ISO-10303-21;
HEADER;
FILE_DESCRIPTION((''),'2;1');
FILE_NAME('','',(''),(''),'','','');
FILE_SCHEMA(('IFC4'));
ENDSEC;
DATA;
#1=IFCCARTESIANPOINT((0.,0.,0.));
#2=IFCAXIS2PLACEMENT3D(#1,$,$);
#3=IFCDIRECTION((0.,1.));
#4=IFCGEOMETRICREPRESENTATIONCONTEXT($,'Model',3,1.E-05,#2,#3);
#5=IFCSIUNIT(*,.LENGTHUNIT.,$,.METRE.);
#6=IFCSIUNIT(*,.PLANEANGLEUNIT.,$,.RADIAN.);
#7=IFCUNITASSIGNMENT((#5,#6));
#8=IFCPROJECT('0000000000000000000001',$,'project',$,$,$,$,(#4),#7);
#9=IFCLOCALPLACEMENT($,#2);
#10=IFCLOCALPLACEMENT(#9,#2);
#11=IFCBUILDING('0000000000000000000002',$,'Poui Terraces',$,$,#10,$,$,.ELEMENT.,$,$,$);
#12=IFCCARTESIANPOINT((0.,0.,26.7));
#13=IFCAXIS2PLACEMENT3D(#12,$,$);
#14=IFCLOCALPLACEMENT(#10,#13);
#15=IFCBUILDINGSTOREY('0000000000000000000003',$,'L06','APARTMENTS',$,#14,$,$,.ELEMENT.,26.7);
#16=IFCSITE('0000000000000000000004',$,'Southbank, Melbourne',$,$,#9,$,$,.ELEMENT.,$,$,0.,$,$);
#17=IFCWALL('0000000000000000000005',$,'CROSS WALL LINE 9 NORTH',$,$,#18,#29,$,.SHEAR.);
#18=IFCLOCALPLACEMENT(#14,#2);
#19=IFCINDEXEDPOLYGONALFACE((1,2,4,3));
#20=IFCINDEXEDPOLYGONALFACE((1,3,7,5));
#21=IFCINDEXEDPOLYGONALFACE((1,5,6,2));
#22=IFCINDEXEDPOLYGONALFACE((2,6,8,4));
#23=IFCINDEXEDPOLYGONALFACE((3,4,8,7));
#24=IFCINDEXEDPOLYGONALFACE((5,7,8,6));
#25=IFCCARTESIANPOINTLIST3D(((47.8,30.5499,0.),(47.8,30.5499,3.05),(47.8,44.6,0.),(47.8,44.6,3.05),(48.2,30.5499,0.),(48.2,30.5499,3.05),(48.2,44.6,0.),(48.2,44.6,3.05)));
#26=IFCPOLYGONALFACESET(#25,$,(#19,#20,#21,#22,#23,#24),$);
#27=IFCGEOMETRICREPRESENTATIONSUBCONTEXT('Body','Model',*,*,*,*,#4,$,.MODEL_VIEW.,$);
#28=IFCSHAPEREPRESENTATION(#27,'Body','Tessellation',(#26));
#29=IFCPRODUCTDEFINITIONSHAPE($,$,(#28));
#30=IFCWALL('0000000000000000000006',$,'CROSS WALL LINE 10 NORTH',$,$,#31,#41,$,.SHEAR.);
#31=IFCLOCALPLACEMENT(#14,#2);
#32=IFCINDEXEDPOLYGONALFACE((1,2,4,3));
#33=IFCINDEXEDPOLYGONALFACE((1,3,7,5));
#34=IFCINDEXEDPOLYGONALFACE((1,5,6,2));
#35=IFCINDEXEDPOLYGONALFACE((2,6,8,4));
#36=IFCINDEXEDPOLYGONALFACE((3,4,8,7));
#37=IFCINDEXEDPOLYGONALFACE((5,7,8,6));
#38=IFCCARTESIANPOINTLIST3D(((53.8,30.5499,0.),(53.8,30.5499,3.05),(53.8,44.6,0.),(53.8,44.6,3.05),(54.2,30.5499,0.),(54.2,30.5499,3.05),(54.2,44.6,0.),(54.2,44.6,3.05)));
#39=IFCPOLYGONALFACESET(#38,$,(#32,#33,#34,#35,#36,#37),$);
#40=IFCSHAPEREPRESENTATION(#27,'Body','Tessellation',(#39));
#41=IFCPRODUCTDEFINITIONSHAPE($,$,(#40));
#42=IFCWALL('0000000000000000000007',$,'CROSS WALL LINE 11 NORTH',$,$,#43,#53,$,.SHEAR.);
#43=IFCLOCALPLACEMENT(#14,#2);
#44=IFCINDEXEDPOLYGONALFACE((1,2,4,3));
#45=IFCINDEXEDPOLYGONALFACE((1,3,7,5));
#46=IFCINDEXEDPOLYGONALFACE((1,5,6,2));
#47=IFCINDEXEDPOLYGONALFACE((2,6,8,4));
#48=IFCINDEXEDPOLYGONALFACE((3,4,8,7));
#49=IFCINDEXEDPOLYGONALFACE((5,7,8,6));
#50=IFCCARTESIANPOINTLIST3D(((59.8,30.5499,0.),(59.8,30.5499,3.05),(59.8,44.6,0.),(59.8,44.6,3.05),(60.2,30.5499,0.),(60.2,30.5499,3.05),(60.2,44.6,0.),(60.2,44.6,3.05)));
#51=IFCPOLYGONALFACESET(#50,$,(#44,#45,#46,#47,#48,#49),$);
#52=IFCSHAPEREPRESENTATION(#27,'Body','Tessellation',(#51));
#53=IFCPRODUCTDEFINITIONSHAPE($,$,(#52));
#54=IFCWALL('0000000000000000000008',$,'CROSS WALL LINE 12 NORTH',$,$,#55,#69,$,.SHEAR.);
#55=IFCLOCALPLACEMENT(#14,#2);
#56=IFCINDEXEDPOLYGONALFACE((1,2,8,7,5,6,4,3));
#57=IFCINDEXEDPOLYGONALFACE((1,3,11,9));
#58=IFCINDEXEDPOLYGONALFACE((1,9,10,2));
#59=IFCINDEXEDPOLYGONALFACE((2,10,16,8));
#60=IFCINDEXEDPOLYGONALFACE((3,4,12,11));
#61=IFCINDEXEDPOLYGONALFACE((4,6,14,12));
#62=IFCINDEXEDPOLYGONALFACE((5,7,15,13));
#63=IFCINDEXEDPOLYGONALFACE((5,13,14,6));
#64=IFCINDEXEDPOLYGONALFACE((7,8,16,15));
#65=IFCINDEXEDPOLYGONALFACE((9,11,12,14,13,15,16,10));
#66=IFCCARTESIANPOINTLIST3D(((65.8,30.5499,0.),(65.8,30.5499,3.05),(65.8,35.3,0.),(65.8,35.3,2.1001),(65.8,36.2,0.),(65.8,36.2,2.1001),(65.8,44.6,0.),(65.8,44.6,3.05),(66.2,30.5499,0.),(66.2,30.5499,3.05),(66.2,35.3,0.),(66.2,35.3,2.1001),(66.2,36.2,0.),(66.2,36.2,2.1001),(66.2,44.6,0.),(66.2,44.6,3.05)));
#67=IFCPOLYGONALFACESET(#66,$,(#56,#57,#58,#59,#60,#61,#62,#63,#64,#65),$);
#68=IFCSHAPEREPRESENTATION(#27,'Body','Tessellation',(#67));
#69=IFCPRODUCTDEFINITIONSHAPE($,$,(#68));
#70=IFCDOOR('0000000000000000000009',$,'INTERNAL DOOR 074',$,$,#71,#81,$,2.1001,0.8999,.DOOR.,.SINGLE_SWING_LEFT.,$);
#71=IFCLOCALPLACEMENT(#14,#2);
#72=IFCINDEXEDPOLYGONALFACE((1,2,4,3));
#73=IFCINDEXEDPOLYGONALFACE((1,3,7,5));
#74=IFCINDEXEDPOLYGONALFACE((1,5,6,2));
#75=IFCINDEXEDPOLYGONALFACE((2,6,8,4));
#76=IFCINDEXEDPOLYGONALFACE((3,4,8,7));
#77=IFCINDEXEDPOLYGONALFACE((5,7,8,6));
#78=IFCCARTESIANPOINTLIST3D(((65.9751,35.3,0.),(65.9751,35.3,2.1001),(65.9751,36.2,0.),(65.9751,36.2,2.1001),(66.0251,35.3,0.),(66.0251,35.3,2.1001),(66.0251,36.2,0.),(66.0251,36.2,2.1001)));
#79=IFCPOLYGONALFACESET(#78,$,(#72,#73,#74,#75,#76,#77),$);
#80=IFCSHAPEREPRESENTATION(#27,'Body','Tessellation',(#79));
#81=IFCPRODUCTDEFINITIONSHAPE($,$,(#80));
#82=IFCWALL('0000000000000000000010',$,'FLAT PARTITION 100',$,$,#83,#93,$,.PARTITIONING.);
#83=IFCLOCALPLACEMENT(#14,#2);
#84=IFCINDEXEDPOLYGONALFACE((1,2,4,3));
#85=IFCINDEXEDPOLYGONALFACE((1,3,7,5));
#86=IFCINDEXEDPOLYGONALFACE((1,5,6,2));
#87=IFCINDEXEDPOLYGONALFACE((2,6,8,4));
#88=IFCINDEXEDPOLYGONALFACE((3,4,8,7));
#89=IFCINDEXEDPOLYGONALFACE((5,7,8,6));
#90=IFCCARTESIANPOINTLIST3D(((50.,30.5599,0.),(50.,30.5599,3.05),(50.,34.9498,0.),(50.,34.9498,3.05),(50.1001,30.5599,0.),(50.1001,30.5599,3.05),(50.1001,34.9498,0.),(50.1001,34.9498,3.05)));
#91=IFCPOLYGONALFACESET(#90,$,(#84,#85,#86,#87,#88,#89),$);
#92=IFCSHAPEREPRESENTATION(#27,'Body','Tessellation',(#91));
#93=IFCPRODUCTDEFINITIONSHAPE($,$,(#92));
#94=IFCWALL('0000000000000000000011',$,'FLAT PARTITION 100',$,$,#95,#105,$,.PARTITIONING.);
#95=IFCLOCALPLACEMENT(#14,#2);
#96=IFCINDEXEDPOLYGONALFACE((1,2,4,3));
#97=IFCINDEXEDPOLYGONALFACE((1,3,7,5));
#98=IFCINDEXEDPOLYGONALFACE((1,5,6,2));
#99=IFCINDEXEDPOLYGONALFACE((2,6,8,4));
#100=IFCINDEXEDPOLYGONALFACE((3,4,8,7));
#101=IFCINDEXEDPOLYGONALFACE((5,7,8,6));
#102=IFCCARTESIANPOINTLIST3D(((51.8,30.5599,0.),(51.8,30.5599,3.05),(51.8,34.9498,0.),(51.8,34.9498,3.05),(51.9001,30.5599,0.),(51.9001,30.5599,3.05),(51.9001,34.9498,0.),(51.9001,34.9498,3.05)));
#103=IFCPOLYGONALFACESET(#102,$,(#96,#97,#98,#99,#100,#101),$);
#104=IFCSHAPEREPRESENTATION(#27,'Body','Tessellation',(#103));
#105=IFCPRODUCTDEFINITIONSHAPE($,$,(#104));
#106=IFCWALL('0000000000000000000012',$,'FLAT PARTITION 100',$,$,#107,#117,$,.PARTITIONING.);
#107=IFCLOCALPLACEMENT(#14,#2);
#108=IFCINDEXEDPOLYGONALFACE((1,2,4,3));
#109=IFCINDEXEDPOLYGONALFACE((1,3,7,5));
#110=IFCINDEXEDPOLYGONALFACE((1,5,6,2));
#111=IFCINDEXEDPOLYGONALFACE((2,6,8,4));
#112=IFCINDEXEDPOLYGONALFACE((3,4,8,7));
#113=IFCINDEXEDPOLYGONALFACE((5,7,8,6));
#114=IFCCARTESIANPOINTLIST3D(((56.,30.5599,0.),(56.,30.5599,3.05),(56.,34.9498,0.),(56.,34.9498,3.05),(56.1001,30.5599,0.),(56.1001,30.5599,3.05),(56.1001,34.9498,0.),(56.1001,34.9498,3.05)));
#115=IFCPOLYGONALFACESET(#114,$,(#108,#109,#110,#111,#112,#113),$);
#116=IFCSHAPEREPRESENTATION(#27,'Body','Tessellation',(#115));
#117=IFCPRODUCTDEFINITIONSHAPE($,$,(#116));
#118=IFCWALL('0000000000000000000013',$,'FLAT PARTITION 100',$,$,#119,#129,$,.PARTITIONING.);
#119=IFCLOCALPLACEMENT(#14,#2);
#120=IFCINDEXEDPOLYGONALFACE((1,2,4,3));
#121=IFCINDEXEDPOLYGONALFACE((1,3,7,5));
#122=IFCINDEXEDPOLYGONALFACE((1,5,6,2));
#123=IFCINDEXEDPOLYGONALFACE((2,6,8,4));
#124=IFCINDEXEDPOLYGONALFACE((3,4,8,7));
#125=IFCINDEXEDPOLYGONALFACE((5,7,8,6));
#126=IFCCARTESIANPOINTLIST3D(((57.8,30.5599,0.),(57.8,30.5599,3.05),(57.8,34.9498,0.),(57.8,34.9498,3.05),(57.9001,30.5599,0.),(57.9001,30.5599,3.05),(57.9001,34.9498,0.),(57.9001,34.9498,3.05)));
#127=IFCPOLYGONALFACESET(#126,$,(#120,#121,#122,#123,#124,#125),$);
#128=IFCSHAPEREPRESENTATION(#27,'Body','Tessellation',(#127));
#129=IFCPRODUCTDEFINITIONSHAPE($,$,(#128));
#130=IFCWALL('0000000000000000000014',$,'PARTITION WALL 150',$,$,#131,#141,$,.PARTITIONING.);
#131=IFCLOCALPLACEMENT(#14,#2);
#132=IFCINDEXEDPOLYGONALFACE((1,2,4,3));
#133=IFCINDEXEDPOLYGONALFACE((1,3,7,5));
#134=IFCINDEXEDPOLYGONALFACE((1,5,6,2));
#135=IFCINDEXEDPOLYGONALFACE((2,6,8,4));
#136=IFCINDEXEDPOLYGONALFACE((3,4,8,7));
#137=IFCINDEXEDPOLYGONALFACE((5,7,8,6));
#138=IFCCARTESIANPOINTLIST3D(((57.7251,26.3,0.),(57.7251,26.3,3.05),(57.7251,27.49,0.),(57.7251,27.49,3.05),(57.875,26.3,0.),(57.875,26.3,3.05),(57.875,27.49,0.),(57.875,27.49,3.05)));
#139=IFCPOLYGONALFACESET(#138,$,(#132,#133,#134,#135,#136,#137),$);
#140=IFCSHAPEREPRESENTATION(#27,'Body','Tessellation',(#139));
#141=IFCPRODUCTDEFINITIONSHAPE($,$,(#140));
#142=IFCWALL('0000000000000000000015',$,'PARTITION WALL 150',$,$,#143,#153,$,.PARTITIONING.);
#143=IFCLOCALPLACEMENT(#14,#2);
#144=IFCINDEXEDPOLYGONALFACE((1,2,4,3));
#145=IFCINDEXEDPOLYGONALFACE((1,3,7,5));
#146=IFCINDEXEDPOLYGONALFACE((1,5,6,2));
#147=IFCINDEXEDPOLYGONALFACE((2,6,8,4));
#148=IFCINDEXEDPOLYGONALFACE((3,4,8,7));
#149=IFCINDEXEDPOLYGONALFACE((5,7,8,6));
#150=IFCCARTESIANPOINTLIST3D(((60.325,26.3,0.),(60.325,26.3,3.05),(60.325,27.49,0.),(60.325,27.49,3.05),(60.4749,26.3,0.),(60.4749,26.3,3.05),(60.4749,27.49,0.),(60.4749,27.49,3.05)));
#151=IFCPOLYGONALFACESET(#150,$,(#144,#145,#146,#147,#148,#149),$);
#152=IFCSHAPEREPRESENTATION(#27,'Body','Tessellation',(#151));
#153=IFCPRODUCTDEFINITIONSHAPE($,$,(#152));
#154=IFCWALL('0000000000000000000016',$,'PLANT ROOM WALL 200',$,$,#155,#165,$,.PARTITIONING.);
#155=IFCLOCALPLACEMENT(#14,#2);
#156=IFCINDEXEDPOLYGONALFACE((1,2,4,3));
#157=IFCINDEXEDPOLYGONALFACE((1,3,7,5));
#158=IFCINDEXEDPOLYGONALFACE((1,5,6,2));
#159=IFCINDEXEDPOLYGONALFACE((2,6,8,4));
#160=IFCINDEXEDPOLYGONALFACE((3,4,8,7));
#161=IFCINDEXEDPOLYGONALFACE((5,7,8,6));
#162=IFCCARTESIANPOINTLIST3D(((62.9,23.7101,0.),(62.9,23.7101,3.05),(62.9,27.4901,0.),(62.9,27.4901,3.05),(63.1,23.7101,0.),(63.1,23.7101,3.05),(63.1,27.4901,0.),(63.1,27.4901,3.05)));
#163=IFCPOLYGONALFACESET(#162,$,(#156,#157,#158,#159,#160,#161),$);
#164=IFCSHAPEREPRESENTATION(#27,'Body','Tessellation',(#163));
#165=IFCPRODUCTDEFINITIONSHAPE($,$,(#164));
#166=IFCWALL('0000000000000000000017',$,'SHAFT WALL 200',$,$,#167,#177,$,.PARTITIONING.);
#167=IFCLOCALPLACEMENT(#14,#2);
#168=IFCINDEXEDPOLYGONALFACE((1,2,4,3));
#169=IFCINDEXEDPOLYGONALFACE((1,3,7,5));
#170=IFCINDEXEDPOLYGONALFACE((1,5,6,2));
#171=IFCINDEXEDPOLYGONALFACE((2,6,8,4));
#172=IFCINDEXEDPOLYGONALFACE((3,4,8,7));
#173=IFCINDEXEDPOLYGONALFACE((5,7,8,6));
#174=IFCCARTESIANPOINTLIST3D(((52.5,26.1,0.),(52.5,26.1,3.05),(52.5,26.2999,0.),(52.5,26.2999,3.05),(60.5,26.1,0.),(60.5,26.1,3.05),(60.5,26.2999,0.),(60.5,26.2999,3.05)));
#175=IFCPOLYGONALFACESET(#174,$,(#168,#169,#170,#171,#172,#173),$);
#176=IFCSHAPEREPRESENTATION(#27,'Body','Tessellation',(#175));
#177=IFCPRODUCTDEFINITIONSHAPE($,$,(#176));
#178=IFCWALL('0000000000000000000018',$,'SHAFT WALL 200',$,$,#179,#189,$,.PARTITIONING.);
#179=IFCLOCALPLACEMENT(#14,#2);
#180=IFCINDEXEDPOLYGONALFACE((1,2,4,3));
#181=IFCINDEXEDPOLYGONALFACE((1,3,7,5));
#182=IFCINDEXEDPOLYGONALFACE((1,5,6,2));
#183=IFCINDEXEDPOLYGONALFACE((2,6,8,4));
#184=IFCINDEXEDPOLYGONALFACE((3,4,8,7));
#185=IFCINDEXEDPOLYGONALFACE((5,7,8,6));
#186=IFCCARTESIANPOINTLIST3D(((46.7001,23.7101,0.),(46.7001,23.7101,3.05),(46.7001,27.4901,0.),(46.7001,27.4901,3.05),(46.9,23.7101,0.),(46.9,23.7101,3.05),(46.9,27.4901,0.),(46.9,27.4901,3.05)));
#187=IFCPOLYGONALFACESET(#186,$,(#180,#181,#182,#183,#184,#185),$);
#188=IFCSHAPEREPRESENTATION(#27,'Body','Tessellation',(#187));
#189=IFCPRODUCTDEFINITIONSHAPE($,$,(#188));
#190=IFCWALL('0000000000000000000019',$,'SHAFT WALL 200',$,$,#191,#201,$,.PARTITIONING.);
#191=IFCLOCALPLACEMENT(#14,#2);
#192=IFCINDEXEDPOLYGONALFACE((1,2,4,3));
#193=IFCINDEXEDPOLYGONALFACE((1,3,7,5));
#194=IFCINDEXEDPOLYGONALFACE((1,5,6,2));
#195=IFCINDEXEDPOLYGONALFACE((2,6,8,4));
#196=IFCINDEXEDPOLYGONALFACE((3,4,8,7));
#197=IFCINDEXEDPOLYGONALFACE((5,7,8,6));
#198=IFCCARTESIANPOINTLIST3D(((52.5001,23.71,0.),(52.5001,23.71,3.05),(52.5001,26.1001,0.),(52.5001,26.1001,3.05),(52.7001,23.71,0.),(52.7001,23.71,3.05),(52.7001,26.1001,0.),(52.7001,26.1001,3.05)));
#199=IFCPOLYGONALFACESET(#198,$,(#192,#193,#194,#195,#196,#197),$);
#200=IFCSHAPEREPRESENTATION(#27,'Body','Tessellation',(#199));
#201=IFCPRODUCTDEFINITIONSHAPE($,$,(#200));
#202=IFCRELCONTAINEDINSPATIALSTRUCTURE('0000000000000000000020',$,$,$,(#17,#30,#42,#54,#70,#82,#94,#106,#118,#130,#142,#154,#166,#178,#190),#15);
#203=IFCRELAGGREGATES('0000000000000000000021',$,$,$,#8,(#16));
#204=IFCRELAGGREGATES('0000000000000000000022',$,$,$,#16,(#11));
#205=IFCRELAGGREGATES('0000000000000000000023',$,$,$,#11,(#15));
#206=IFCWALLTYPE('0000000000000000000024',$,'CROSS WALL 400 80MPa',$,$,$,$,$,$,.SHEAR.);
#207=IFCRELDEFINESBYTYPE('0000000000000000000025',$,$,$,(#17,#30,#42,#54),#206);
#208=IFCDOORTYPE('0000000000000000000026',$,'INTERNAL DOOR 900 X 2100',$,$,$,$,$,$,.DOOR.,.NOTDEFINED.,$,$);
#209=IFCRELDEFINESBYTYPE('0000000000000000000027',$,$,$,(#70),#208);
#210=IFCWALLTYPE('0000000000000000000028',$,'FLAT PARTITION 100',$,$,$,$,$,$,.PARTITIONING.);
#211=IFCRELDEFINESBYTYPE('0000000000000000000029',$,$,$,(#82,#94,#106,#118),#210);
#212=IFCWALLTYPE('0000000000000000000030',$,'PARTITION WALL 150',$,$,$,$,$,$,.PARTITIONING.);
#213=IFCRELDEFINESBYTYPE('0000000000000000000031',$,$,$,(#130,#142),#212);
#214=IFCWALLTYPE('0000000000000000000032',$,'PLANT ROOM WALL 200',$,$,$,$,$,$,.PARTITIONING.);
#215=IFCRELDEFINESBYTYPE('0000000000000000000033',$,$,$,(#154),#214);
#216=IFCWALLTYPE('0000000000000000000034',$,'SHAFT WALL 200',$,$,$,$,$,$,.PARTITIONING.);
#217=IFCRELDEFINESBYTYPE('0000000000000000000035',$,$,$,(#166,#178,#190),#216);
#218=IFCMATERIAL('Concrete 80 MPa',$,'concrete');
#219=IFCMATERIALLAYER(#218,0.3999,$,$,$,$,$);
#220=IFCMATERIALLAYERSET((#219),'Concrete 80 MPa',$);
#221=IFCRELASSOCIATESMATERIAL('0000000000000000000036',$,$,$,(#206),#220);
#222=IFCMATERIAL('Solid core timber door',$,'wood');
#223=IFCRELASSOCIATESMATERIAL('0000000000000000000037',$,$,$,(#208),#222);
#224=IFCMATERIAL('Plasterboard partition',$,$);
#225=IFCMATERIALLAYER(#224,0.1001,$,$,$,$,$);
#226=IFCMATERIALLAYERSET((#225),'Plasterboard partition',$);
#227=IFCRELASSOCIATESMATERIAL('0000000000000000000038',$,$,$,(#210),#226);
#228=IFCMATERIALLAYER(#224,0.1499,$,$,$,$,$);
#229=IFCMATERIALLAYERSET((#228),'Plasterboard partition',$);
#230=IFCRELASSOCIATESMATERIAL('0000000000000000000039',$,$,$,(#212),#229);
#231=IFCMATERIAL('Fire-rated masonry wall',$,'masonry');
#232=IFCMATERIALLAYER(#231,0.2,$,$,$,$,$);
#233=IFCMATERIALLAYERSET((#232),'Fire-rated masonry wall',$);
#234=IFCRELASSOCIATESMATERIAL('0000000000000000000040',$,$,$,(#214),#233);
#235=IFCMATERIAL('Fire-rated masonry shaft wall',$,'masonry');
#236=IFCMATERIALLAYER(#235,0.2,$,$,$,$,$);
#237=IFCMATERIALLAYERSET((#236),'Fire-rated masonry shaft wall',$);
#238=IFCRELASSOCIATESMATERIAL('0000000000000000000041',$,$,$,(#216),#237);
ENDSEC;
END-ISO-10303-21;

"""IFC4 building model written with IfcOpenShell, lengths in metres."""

from ifc_helpers import new_model, si_unit, direction, frame, frame_2d, origin, place, context, subcontext, project, spatial, rectangle, extrude, material, layer, layer_set, type_object, element, fill, save


model = new_model("IFC4")

# Units and contexts
model_context = context("Model", 3, precision=1e-05, world=origin(), true_north=direction((0.0, 1.0)))
body_context = subcontext(model_context, "Body", "Model", "MODEL_VIEW")
ifc_project = project(units=[si_unit("LENGTHUNIT", "METRE"), si_unit("PLANEANGLEUNIT", "RADIAN")], contexts=[model_context])

# Site, building, storey
site_placement = place(None, origin())
site = spatial("IfcSite", under=ifc_project, at=site_placement, Name="Southbank, Melbourne", CompositionType="ELEMENT", RefElevation=0.0)
building_placement = place(site_placement, origin())
building = spatial("IfcBuilding", under=site, at=building_placement, Name="Poui Terraces", CompositionType="ELEMENT")
storey_placement = place(building_placement, frame((0.0, 0.0, 26.7)))
storey = spatial("IfcBuildingStorey", under=building, at=storey_placement, Name="L06", Description="APARTMENTS", CompositionType="ELEMENT", Elevation=26.7)

# Shared definitions
ifc_material_1 = material(Name="Concrete 80 MPa", Category="concrete")

# Walls
ifc_layer_1 = layer(ifc_material_1, 0.3999)
ifc_layer_set_1 = layer_set([ifc_layer_1], Name="Concrete 80 MPa")
wall_type_1 = type_object("IfcWallType", Name="CROSS WALL 400 80MPa", PredefinedType="SHEAR", material=ifc_layer_set_1)
for number, where, z_axis, x_axis, name in (
    (1, (48.0, 30.55, 0.0), (0.0, 0.0, 1.0), (0.0, 1.0, 0.0), "CROSS WALL LINE 9 NORTH"),
    (2, (54.0, 30.55, 0.0), (0.0, 0.0, 1.0), (0.0, 1.0, 0.0), "CROSS WALL LINE 10 NORTH"),
    (3, (60.0, 30.55, 0.0), (0.0, 0.0, 1.0), (0.0, 1.0, 0.0), "CROSS WALL LINE 11 NORTH"),
):
    element("IfcWall", number, at=place(storey_placement, frame(where, z_axis=z_axis, x_axis=x_axis)), inside=storey, type_object=wall_type_1, Name=name, PredefinedType="SHEAR", context=body_context, shape_type="SweptSolid", body=[
        extrude(rectangle(XDim=14.05, YDim=0.3999, at=frame_2d((7.0249, 0.0))), origin(), (0.0, 0.0, 1.0), 3.05),
    ])

# Wall, opening, door
wall_1_placement = place(storey_placement, frame((66.0, 30.55, 0.0), z_axis=(0.0, 0.0, 1.0), x_axis=(0.0, 1.0, 0.0)))
wall_1 = element("IfcWall", 4, at=wall_1_placement, inside=storey, type_object=wall_type_1, Name="CROSS WALL LINE 12 NORTH", PredefinedType="SHEAR", context=body_context, shape_type="SweptSolid", body=[
    extrude(rectangle(XDim=14.05, YDim=0.3999, at=frame_2d((7.0249, 0.0))), origin(), (0.0, 0.0, 1.0), 3.05),
])
opening_1_placement = place(wall_1_placement, frame((4.75, 0.0, 0.0)))
opening_1 = element("IfcOpeningElement", 5, at=opening_1_placement, cuts=wall_1, PredefinedType="OPENING", context=body_context, shape_type="SweptSolid", body=[
    extrude(rectangle(XDim=0.8999, YDim=2.1001, at=frame_2d((0.45, 1.05))), frame((0.0, 0.21, 0.0), z_axis=(0.0, -1.0, 0.0), x_axis=(1.0, 0.0, 0.0)), (0.0, 0.0, 1.0), 0.4199),
])
ifc_material_2 = material(Name="Solid core timber door", Category="wood")
door_type_1 = type_object("IfcDoorType", Name="INTERNAL DOOR 900 X 2100", OperationType="NOTDEFINED", PredefinedType="DOOR", material=ifc_material_2)
door_1_placement = place(opening_1_placement, origin())
door_1 = element("IfcDoor", 6, at=door_1_placement, inside=storey, type_object=door_type_1, Name="INTERNAL DOOR 074", OperationType="SINGLE_SWING_LEFT", OverallHeight=2.1001, OverallWidth=0.8999, PredefinedType="DOOR", context=body_context, shape_type="SweptSolid", body=[
    extrude(rectangle(XDim=0.8999, YDim=2.1001, at=frame_2d((0.45, 1.05))), frame((0.0, 0.0249, 0.0), z_axis=(0.0, -1.0, 0.0), x_axis=(1.0, 0.0, 0.0)), (0.0, 0.0, 1.0), 0.05),
])
fill(opening_1, door_1)

# Walls
ifc_material_3 = material(Name="Plasterboard partition")
ifc_layer_2 = layer(ifc_material_3, 0.1001)
ifc_layer_set_2 = layer_set([ifc_layer_2], Name="Plasterboard partition")
wall_type_2 = type_object("IfcWallType", Name="FLAT PARTITION 100", PredefinedType="PARTITIONING", material=ifc_layer_set_2)
for number, where, z_axis, x_axis, name in (
    (7, (50.05, 30.5601, 0.0), (0.0, 0.0, 1.0), (0.0, 1.0, 0.0), "FLAT PARTITION 100"),
    (8, (51.8501, 30.5601, 0.0), (0.0, 0.0, 1.0), (0.0, 1.0, 0.0), "FLAT PARTITION 100"),
    (9, (56.05, 30.5601, 0.0), (0.0, 0.0, 1.0), (0.0, 1.0, 0.0), "FLAT PARTITION 100"),
    (10, (57.8501, 30.5601, 0.0), (0.0, 0.0, 1.0), (0.0, 1.0, 0.0), "FLAT PARTITION 100"),
):
    element("IfcWall", number, at=place(storey_placement, frame(where, z_axis=z_axis, x_axis=x_axis)), inside=storey, type_object=wall_type_2, Name=name, PredefinedType="PARTITIONING", context=body_context, shape_type="SweptSolid", body=[
        extrude(rectangle(XDim=4.3899, YDim=0.1001, at=frame_2d((2.1948, 0.0))), origin(), (0.0, 0.0, 1.0), 3.05),
    ])
ifc_layer_3 = layer(ifc_material_3, 0.1499)
ifc_layer_set_3 = layer_set([ifc_layer_3], Name="Plasterboard partition")
wall_type_3 = type_object("IfcWallType", Name="PARTITION WALL 150", PredefinedType="PARTITIONING", material=ifc_layer_set_3)
for number, where, z_axis, x_axis, name in (
    (11, (57.8, 26.3, 0.0), (0.0, 0.0, 1.0), (0.0, 1.0, 0.0), "PARTITION WALL 150"),
    (12, (60.3999, 26.3, 0.0), (0.0, 0.0, 1.0), (0.0, 1.0, 0.0), "PARTITION WALL 150"),
):
    element("IfcWall", number, at=place(storey_placement, frame(where, z_axis=z_axis, x_axis=x_axis)), inside=storey, type_object=wall_type_3, Name=name, PredefinedType="PARTITIONING", context=body_context, shape_type="SweptSolid", body=[
        extrude(rectangle(XDim=1.1899, YDim=0.1499, at=frame_2d((0.595, 0.0))), origin(), (0.0, 0.0, 1.0), 3.05),
    ])
ifc_material_4 = material(Name="Fire-rated masonry wall", Category="masonry")
ifc_layer_4 = layer(ifc_material_4, 0.2)
ifc_layer_set_4 = layer_set([ifc_layer_4], Name="Fire-rated masonry wall")
wall_type_4 = type_object("IfcWallType", Name="PLANT ROOM WALL 200", PredefinedType="PARTITIONING", material=ifc_layer_set_4)
wall_2_placement = place(storey_placement, frame((63.0, 23.71, 0.0), z_axis=(0.0, 0.0, 1.0), x_axis=(0.0, 1.0, 0.0)))
element("IfcWall", 13, at=wall_2_placement, inside=storey, type_object=wall_type_4, Name="PLANT ROOM WALL 200", PredefinedType="PARTITIONING", context=body_context, shape_type="SweptSolid", body=[
    extrude(rectangle(XDim=3.78, YDim=0.2, at=frame_2d((1.8901, 0.0))), origin(), (0.0, 0.0, 1.0), 3.05),
])
ifc_material_5 = material(Name="Fire-rated masonry shaft wall", Category="masonry")
ifc_layer_5 = layer(ifc_material_5, 0.2)
ifc_layer_set_5 = layer_set([ifc_layer_5], Name="Fire-rated masonry shaft wall")
wall_type_5 = type_object("IfcWallType", Name="SHAFT WALL 200", PredefinedType="PARTITIONING", material=ifc_layer_set_5)
wall_3_placement = place(storey_placement, frame((52.5, 26.2, 0.0), z_axis=(0.0, 0.0, 1.0), x_axis=(1.0, 0.0, 0.0)))
element("IfcWall", 14, at=wall_3_placement, inside=storey, type_object=wall_type_5, Name="SHAFT WALL 200", PredefinedType="PARTITIONING", context=body_context, shape_type="SweptSolid", body=[
    extrude(rectangle(XDim=8.0, YDim=0.2, at=frame_2d((4.0, 0.0))), origin(), (0.0, 0.0, 1.0), 3.05),
])
wall_4_placement = place(storey_placement, frame((46.8, 23.71, 0.0), z_axis=(0.0, 0.0, 1.0), x_axis=(0.0, 1.0, 0.0)))
element("IfcWall", 15, at=wall_4_placement, inside=storey, type_object=wall_type_5, Name="SHAFT WALL 200", PredefinedType="PARTITIONING", context=body_context, shape_type="SweptSolid", body=[
    extrude(rectangle(XDim=3.78, YDim=0.2, at=frame_2d((1.8901, 0.0))), origin(), (0.0, 0.0, 1.0), 3.05),
])
for number, where, z_axis, x_axis, name in (
    (16, (52.6001, 23.71, 0.0), (0.0, 0.0, 1.0), (0.0, 1.0, 0.0), "SHAFT WALL 200"),
):
    element("IfcWall", number, at=place(storey_placement, frame(where, z_axis=z_axis, x_axis=x_axis)), inside=storey, type_object=wall_type_5, Name=name, PredefinedType="PARTITIONING", context=body_context, shape_type="SweptSolid", body=[
        extrude(rectangle(XDim=2.3901, YDim=0.2, at=frame_2d((1.1951, 0.0))), origin(), (0.0, 0.0, 1.0), 3.05),
    ])

save(model, "model.ifc")
